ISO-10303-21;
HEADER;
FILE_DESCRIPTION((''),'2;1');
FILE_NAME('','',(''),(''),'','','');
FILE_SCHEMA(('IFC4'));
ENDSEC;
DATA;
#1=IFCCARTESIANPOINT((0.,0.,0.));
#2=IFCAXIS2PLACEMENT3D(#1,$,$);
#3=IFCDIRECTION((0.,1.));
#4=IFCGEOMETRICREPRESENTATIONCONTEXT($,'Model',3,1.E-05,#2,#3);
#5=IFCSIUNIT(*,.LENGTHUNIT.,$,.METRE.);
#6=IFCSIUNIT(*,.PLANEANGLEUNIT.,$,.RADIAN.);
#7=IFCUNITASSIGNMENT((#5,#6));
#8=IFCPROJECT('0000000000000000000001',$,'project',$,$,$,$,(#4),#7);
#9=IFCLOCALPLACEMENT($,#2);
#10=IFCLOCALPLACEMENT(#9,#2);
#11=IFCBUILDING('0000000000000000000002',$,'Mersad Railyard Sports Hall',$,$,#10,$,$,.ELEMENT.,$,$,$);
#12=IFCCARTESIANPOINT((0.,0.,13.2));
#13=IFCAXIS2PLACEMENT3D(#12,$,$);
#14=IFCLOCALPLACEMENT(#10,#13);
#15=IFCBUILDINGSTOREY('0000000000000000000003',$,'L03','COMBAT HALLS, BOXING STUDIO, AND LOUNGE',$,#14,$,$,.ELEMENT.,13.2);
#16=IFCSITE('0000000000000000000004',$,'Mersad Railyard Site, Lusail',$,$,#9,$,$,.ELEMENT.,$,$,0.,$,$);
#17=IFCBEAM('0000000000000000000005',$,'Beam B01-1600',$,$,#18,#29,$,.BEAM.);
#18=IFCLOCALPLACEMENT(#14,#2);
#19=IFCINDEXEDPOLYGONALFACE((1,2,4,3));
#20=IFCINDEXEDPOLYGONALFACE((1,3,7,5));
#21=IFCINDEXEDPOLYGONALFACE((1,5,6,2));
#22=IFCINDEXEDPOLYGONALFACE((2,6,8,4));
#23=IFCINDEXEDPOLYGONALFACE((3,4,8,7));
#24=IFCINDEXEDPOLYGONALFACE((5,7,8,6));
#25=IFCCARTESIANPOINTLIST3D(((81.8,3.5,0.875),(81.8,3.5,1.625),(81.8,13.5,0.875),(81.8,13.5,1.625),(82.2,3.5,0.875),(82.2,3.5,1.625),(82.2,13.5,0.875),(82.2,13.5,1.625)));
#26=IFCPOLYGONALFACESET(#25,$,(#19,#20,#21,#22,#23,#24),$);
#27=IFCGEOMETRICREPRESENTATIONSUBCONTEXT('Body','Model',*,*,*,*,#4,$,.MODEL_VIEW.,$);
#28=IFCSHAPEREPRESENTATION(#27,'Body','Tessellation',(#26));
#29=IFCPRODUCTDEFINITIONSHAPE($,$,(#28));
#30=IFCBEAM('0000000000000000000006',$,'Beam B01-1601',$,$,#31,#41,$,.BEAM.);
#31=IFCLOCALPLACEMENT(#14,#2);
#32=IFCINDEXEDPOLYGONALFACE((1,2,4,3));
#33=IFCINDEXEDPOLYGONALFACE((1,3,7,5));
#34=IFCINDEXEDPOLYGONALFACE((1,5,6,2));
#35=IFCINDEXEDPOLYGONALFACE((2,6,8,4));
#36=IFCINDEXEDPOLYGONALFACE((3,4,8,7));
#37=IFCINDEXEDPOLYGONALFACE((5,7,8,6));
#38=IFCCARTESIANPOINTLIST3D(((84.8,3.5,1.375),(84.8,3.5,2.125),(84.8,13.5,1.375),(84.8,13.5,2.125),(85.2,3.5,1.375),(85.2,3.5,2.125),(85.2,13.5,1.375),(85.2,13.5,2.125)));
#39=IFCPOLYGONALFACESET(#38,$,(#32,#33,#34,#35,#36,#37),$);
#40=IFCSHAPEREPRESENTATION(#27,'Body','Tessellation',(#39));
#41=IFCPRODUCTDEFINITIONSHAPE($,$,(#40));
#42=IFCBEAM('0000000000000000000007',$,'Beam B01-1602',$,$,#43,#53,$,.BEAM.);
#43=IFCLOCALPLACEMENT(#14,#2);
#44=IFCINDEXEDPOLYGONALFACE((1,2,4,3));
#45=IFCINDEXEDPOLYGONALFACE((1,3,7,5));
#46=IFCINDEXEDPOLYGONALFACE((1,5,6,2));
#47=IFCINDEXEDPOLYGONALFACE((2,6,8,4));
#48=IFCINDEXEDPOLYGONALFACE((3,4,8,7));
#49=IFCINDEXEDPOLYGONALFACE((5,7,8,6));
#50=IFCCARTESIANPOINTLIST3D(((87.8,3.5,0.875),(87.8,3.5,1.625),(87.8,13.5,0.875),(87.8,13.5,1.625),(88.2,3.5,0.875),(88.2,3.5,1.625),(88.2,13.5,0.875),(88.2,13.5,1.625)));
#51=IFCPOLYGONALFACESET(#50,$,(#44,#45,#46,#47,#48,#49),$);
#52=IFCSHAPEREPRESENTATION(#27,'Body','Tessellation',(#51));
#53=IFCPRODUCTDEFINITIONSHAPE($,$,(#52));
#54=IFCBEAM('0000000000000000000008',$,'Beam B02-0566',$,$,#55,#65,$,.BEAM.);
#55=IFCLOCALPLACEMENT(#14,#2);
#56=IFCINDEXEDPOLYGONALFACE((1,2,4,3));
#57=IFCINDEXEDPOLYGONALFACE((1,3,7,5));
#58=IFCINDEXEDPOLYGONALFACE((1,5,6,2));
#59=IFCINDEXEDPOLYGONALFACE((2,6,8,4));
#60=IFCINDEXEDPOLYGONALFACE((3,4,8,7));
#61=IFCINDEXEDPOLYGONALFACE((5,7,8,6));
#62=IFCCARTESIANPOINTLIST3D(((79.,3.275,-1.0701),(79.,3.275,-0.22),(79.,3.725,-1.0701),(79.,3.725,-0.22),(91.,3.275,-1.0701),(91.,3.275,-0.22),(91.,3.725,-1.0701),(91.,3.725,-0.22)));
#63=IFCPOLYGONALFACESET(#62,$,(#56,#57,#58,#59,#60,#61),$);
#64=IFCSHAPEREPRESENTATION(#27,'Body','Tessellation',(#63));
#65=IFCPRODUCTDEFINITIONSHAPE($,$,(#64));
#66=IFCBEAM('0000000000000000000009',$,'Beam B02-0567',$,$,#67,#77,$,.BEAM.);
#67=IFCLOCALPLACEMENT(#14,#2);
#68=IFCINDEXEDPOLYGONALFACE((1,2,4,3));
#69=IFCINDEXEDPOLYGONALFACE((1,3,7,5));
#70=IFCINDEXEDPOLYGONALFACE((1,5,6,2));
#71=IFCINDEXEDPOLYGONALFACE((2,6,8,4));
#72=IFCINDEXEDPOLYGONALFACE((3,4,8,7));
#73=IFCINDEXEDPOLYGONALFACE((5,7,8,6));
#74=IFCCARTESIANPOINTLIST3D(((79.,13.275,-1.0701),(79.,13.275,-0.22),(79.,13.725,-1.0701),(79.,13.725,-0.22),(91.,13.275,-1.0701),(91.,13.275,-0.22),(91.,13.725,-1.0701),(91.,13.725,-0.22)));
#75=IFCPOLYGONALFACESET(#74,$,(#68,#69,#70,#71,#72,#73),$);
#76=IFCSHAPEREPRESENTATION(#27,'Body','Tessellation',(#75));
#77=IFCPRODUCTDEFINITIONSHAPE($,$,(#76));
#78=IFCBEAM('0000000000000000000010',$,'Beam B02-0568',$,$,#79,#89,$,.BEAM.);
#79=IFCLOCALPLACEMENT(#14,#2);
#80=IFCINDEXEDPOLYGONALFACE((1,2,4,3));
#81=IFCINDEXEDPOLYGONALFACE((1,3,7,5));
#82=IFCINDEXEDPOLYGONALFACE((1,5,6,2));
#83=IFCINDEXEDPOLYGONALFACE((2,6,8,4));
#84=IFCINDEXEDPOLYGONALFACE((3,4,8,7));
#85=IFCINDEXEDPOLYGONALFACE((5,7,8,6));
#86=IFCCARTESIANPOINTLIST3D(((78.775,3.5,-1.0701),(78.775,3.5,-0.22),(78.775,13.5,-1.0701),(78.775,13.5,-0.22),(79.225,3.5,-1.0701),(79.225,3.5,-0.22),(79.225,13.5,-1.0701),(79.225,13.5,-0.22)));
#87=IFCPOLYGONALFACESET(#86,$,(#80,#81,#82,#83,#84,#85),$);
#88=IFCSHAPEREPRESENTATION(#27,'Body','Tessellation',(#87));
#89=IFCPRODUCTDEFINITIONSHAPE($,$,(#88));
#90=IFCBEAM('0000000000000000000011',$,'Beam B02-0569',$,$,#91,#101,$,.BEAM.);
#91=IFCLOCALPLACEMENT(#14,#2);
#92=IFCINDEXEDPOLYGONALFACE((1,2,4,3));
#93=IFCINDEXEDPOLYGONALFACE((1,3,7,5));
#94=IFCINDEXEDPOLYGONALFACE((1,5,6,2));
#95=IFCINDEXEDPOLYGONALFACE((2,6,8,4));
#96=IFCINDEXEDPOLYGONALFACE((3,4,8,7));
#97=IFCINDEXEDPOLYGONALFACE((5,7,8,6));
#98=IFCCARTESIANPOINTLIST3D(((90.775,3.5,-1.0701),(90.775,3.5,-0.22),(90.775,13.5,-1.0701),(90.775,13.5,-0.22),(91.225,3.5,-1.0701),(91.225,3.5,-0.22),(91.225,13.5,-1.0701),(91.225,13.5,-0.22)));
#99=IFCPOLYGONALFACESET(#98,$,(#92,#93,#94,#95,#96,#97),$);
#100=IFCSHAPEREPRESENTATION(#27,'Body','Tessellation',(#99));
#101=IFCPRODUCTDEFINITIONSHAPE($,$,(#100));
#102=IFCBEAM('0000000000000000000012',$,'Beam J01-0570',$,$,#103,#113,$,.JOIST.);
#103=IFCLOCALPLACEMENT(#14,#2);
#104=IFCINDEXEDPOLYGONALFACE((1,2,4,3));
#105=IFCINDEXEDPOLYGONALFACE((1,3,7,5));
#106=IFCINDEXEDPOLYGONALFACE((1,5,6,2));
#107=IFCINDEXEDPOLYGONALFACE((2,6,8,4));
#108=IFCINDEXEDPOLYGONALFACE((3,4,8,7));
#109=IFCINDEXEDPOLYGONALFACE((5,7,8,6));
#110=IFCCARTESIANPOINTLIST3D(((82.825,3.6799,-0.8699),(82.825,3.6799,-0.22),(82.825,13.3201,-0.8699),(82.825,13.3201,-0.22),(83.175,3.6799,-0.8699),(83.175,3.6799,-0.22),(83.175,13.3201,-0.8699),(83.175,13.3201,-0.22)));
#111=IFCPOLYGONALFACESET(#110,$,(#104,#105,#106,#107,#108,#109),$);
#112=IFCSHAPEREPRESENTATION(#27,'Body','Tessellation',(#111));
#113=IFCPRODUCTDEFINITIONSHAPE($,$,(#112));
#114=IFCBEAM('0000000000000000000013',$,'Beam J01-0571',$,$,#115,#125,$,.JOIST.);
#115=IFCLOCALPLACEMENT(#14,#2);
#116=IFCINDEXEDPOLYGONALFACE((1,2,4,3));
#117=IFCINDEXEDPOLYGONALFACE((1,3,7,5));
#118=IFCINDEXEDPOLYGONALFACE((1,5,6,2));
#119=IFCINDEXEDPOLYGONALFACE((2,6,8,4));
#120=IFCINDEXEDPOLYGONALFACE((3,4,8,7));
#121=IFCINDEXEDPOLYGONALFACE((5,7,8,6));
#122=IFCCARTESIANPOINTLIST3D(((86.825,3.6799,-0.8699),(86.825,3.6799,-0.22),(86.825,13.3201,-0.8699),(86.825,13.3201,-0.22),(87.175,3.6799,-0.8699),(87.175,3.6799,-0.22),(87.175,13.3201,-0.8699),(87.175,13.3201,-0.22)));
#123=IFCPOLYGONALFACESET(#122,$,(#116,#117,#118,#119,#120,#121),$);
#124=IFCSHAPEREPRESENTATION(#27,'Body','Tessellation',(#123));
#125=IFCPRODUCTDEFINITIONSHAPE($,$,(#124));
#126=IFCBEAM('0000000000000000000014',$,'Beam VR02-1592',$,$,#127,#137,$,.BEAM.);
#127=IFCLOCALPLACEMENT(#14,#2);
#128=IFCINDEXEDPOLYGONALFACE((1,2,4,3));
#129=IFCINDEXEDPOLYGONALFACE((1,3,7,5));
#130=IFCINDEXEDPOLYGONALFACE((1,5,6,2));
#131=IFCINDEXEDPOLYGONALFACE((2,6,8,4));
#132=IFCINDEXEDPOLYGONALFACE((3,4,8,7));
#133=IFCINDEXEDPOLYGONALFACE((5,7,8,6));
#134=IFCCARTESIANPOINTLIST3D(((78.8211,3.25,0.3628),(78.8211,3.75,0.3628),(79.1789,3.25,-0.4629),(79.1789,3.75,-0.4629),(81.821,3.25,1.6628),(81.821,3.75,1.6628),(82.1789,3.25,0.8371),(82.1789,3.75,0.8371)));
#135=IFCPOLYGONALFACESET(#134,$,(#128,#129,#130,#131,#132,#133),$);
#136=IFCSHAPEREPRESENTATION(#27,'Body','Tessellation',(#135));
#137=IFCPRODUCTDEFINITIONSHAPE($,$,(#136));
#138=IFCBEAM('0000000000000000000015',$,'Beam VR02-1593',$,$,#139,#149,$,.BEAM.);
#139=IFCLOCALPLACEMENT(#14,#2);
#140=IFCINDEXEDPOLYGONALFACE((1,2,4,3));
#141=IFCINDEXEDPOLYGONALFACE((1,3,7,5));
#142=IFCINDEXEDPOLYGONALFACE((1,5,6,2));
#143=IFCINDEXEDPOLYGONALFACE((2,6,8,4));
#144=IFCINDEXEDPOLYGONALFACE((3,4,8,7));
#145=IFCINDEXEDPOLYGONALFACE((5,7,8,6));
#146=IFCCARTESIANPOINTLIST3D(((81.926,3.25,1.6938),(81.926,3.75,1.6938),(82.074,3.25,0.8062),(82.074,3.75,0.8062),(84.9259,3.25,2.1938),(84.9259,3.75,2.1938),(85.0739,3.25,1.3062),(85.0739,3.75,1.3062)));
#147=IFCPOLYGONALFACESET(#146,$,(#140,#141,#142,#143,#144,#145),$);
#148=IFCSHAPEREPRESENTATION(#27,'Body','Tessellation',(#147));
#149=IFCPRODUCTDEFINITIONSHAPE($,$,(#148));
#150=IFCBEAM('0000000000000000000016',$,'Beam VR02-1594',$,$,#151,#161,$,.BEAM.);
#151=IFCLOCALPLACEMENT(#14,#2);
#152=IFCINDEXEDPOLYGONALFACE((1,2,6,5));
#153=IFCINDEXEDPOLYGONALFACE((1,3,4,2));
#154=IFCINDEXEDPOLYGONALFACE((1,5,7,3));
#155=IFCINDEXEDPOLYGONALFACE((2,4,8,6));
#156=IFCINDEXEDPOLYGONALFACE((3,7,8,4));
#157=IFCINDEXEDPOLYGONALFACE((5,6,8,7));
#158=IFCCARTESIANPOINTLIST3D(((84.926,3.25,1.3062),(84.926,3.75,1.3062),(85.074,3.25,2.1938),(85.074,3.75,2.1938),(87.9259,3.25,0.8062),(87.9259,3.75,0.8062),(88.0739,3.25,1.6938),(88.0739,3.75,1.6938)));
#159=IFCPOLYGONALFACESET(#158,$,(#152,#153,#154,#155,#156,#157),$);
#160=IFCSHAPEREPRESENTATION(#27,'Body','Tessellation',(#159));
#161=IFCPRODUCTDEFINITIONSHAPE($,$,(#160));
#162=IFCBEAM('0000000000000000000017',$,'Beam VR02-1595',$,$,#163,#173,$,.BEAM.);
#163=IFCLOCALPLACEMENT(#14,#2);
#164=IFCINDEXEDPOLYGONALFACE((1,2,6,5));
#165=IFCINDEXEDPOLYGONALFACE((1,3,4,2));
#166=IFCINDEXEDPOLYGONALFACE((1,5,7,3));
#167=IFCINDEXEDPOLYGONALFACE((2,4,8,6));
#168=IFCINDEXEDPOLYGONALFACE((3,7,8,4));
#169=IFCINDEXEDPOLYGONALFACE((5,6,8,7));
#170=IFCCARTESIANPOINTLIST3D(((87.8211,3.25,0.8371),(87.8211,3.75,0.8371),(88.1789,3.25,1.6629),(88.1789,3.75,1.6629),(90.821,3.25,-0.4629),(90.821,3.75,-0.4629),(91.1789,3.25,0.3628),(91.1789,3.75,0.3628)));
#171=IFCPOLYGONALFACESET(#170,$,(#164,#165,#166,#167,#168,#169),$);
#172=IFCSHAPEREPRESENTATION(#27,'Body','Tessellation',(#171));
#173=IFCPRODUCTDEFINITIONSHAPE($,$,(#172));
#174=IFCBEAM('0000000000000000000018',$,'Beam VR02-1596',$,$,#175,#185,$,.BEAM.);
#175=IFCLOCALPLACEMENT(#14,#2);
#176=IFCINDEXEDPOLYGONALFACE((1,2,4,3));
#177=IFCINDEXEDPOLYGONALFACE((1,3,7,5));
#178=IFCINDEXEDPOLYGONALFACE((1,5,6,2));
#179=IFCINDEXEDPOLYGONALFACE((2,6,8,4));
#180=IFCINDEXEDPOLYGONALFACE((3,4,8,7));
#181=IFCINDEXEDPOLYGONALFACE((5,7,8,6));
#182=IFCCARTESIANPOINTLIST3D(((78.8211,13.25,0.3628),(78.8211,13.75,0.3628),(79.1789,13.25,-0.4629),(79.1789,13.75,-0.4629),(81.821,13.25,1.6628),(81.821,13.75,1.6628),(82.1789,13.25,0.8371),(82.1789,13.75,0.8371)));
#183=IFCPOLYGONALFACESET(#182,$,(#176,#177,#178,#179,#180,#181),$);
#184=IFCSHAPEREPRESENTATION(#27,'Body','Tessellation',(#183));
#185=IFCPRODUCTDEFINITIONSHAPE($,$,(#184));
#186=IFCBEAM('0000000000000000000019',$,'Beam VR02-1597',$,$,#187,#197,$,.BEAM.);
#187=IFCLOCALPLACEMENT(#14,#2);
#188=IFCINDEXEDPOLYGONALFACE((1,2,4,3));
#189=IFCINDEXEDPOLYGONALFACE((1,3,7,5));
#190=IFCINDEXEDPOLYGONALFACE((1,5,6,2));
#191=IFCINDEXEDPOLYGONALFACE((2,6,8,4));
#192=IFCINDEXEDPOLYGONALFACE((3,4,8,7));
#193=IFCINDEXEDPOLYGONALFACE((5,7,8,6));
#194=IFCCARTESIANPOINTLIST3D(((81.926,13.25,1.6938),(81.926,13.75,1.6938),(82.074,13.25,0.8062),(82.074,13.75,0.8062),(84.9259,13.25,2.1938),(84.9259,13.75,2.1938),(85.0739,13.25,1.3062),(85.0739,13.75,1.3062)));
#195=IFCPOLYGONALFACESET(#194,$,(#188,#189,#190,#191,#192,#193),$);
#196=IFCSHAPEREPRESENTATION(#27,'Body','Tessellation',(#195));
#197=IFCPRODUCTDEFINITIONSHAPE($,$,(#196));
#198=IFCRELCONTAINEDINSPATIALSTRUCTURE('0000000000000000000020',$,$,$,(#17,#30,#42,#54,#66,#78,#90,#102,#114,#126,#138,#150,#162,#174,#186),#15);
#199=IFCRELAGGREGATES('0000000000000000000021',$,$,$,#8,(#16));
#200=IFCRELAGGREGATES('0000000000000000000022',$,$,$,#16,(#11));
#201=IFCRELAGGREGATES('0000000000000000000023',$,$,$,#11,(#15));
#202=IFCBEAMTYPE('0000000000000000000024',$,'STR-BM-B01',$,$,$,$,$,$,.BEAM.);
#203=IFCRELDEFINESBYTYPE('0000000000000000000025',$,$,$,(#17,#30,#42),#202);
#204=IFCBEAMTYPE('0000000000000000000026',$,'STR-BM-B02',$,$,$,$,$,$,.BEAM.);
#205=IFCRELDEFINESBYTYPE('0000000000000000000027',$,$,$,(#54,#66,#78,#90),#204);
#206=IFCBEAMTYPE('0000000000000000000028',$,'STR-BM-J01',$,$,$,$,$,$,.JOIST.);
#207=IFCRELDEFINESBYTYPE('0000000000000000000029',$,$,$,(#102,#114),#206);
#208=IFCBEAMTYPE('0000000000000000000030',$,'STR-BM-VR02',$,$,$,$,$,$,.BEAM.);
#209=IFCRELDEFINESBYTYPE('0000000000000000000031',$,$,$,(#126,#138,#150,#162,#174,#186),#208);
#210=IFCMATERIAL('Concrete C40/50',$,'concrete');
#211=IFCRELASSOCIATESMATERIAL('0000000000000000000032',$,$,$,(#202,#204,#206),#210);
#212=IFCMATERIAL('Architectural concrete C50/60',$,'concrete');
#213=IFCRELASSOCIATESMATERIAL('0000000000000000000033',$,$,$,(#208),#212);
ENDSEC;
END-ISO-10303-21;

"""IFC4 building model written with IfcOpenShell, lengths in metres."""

from ifc_helpers import new_model, si_unit, direction, frame, origin, origin_2d, place, context, subcontext, project, spatial, rectangle, extrude, material, material_profile, profile_set, type_object, element, save


model = new_model("IFC4")

# Units and contexts
model_context = context("Model", 3, precision=1e-05, world=origin(), true_north=direction((0.0, 1.0)))
body_context = subcontext(model_context, "Body", "Model", "MODEL_VIEW")
ifc_project = project(units=[si_unit("LENGTHUNIT", "METRE"), si_unit("PLANEANGLEUNIT", "RADIAN")], contexts=[model_context])

# Site, building, storey
site_placement = place(None, origin())
site = spatial("IfcSite", under=ifc_project, at=site_placement, Name="Mersad Railyard Site, Lusail", CompositionType="ELEMENT", RefElevation=0.0)
building_placement = place(site_placement, origin())
building = spatial("IfcBuilding", under=site, at=building_placement, Name="Mersad Railyard Sports Hall", CompositionType="ELEMENT")
storey_placement = place(building_placement, frame((0.0, 0.0, 13.2)))
storey = spatial("IfcBuildingStorey", under=building, at=storey_placement, Name="L03", Description="COMBAT HALLS, BOXING STUDIO, AND LOUNGE", CompositionType="ELEMENT", Elevation=13.2)

# Beams
ifc_material_1 = material(Name="Concrete C40/50", Category="concrete")
ifc_material_profile_1 = material_profile(ifc_material_1, rectangle(XDim=0.3999, YDim=0.75, at=origin_2d()), Name="RC 400x750")
ifc_profile_set_1 = profile_set([ifc_material_profile_1], Name="Concrete C40/50")
beam_type_1 = type_object("IfcBeamType", Name="STR-BM-B01", PredefinedType="BEAM", material=ifc_profile_set_1)
for number, where, z_axis, x_axis, name in (
    (1, (82.0, 3.5, 1.25), (0.0, 1.0, 0.0), (-1.0, 0.0, 0.0), "Beam B01-1600"),
    (2, (85.0, 3.5, 1.75), (0.0, 1.0, 0.0), (-1.0, 0.0, 0.0), "Beam B01-1601"),
    (3, (88.0, 3.5, 1.25), (0.0, 1.0, 0.0), (-1.0, 0.0, 0.0), "Beam B01-1602"),
):
    element("IfcBeam", number, at=place(storey_placement, frame(where, z_axis=z_axis, x_axis=x_axis)), inside=storey, type_object=beam_type_1, Name=name, PredefinedType="BEAM", context=body_context, shape_type="SweptSolid", body=[
        extrude(rectangle(XDim=0.3999, YDim=0.75, at=origin_2d()), origin(), (0.0, 0.0, 1.0), 10.0),
    ])
ifc_material_profile_2 = material_profile(ifc_material_1, rectangle(XDim=0.45, YDim=0.8501, at=origin_2d()), Name="RC 450x850")
ifc_profile_set_2 = profile_set([ifc_material_profile_2], Name="Concrete C40/50")
beam_type_2 = type_object("IfcBeamType", Name="STR-BM-B02", PredefinedType="BEAM", material=ifc_profile_set_2)
for number, where, z_axis, x_axis, name in (
    (4, (79.0, 3.5, -0.645), (1.0, 0.0, 0.0), (0.0, 1.0, 0.0), "Beam B02-0566"),
    (5, (79.0, 13.5, -0.645), (1.0, 0.0, 0.0), (0.0, 1.0, 0.0), "Beam B02-0567"),
):
    element("IfcBeam", number, at=place(storey_placement, frame(where, z_axis=z_axis, x_axis=x_axis)), inside=storey, type_object=beam_type_2, Name=name, PredefinedType="BEAM", context=body_context, shape_type="SweptSolid", body=[
        extrude(rectangle(XDim=0.45, YDim=0.8501, at=origin_2d()), origin(), (0.0, 0.0, 1.0), 12.0),
    ])
for number, where, z_axis, x_axis, name in (
    (6, (79.0, 3.5, -0.645), (0.0, 1.0, 0.0), (-1.0, 0.0, 0.0), "Beam B02-0568"),
    (7, (91.0, 3.5, -0.645), (0.0, 1.0, 0.0), (-1.0, 0.0, 0.0), "Beam B02-0569"),
):
    element("IfcBeam", number, at=place(storey_placement, frame(where, z_axis=z_axis, x_axis=x_axis)), inside=storey, type_object=beam_type_2, Name=name, PredefinedType="BEAM", context=body_context, shape_type="SweptSolid", body=[
        extrude(rectangle(XDim=0.45, YDim=0.8501, at=origin_2d()), origin(), (0.0, 0.0, 1.0), 10.0),
    ])
ifc_material_profile_3 = material_profile(ifc_material_1, rectangle(XDim=0.3501, YDim=0.6499, at=origin_2d()), Name="RC 350x650")
ifc_profile_set_3 = profile_set([ifc_material_profile_3], Name="Concrete C40/50")
beam_type_3 = type_object("IfcBeamType", Name="STR-BM-J01", PredefinedType="JOIST", material=ifc_profile_set_3)
for number, where, z_axis, x_axis, name in (
    (8, (83.0, 3.6799, -0.5449), (0.0, 1.0, 0.0), (-1.0, 0.0, 0.0), "Beam J01-0570"),
    (9, (87.0, 3.6799, -0.5449), (0.0, 1.0, 0.0), (-1.0, 0.0, 0.0), "Beam J01-0571"),
):
    element("IfcBeam", number, at=place(storey_placement, frame(where, z_axis=z_axis, x_axis=x_axis)), inside=storey, type_object=beam_type_3, Name=name, PredefinedType="JOIST", context=body_context, shape_type="SweptSolid", body=[
        extrude(rectangle(XDim=0.3501, YDim=0.6499, at=origin_2d()), origin(), (0.0, 0.0, 1.0), 9.6401),
    ])
ifc_material_2 = material(Name="Architectural concrete C50/60", Category="concrete")
ifc_material_profile_4 = material_profile(ifc_material_2, rectangle(XDim=0.5, YDim=0.8999, at=origin_2d()), Name="VR 500x900")
ifc_profile_set_4 = profile_set([ifc_material_profile_4], Name="Architectural concrete C50/60")
beam_type_4 = type_object("IfcBeamType", Name="STR-BM-VR02", PredefinedType="BEAM", material=ifc_profile_set_4)
beam_1_placement = place(storey_placement, frame((79.0, 3.5, -0.05), z_axis=(0.91755, 0.0, 0.39762), x_axis=(0.0, 1.0, 0.0)))
element("IfcBeam", 10, at=beam_1_placement, inside=storey, type_object=beam_type_4, Name="Beam VR02-1592", PredefinedType="BEAM", context=body_context, shape_type="SweptSolid", body=[
    extrude(rectangle(XDim=0.5, YDim=0.8999, at=origin_2d()), origin(), (0.0, 0.0, 1.0), 3.2695),
])
for number, where, z_axis, x_axis, name in (
    (11, (82.0, 3.5, 1.25), (0.986394, 0.0, 0.164399), (0.0, 1.0, 0.0), "Beam VR02-1593"),
    (12, (85.0, 3.5, 1.75), (0.986394, 0.0, -0.164399), (0.0, 1.0, 0.0), "Beam VR02-1594"),
):
    element("IfcBeam", number, at=place(storey_placement, frame(where, z_axis=z_axis, x_axis=x_axis)), inside=storey, type_object=beam_type_4, Name=name, PredefinedType="BEAM", context=body_context, shape_type="SweptSolid", body=[
        extrude(rectangle(XDim=0.5, YDim=0.8999, at=origin_2d()), origin(), (0.0, 0.0, 1.0), 3.0413),
    ])
for number, where, z_axis, x_axis, name in (
    (13, (88.0, 3.5, 1.25), (0.91755, 0.0, -0.39762), (0.0, 1.0, 0.0), "Beam VR02-1595"),
    (14, (79.0, 13.5, -0.05), (0.91755, 0.0, 0.39762), (0.0, 1.0, 0.0), "Beam VR02-1596"),
):
    element("IfcBeam", number, at=place(storey_placement, frame(where, z_axis=z_axis, x_axis=x_axis)), inside=storey, type_object=beam_type_4, Name=name, PredefinedType="BEAM", context=body_context, shape_type="SweptSolid", body=[
        extrude(rectangle(XDim=0.5, YDim=0.8999, at=origin_2d()), origin(), (0.0, 0.0, 1.0), 3.2695),
    ])
beam_2_placement = place(storey_placement, frame((82.0, 13.5, 1.25), z_axis=(0.986394, 0.0, 0.164399), x_axis=(0.0, 1.0, 0.0)))
element("IfcBeam", 15, at=beam_2_placement, inside=storey, type_object=beam_type_4, Name="Beam VR02-1597", PredefinedType="BEAM", context=body_context, shape_type="SweptSolid", body=[
    extrude(rectangle(XDim=0.5, YDim=0.8999, at=origin_2d()), origin(), (0.0, 0.0, 1.0), 3.0413),
])

save(model, "model.ifc")
